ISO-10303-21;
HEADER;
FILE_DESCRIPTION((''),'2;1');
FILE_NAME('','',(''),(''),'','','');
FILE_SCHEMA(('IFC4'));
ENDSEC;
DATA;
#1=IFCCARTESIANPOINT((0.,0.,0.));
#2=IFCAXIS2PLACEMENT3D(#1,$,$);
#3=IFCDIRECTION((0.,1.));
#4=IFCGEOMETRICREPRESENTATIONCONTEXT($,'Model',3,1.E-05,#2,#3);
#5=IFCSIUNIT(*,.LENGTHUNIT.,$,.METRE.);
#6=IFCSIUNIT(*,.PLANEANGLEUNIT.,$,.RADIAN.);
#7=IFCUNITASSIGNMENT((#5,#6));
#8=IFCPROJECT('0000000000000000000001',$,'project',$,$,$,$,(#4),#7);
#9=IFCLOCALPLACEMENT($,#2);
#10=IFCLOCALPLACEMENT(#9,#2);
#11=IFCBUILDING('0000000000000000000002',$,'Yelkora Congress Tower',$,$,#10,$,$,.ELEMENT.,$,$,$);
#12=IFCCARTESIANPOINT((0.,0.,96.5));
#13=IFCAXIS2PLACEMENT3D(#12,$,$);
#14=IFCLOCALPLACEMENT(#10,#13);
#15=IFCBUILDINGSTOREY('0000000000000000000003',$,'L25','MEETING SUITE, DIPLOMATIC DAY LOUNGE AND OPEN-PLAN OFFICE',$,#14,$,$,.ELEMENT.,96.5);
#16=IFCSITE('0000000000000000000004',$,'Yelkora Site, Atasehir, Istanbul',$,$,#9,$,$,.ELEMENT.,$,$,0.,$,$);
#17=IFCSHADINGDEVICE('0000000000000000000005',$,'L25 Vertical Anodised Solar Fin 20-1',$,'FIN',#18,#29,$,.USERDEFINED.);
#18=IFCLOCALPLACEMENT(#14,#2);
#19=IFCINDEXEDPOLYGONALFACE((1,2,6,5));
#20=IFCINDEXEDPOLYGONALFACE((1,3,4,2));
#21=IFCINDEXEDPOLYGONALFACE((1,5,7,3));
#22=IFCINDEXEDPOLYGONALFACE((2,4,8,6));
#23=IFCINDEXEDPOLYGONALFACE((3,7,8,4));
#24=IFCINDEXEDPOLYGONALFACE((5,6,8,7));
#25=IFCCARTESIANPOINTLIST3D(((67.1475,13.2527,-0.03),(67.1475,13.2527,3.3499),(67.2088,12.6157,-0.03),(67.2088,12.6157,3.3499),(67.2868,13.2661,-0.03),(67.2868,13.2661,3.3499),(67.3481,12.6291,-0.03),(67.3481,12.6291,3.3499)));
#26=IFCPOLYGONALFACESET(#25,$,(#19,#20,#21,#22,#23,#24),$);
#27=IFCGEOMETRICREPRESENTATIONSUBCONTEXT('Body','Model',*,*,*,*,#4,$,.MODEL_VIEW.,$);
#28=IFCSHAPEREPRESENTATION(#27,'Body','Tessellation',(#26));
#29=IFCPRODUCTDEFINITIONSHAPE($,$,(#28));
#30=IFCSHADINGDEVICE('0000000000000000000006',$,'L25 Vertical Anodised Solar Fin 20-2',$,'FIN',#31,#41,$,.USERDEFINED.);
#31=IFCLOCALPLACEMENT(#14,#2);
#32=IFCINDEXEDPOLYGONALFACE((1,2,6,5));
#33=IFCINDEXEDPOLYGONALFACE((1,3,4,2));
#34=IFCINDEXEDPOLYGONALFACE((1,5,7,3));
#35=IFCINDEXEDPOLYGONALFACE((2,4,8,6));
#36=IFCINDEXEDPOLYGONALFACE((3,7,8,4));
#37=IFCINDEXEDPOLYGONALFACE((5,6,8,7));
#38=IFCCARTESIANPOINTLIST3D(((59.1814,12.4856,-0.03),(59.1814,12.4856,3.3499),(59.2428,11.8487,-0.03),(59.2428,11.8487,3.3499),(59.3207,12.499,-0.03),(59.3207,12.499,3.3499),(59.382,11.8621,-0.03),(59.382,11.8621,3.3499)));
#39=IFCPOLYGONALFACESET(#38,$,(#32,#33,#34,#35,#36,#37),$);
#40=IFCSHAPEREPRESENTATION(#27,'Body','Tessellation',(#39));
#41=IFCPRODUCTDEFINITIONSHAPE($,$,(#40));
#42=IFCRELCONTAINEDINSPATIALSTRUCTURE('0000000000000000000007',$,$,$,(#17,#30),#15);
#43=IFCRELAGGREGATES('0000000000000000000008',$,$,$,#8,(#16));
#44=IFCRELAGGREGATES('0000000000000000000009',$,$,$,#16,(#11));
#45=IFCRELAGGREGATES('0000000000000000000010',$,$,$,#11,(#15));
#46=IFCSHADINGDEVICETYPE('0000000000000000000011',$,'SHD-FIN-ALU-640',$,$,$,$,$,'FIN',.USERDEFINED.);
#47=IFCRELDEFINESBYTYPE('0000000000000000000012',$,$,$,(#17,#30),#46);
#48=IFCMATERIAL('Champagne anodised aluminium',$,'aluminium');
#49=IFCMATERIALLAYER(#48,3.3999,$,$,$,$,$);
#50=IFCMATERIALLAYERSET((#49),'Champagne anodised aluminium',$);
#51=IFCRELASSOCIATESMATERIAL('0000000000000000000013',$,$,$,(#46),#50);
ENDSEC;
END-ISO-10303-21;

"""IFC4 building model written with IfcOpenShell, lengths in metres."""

from ifc_helpers import new_model, si_unit, direction, frame, origin, origin_2d, place, context, subcontext, project, spatial, rectangle, extrude, material, layer, layer_set, type_object, element, save


model = new_model("IFC4")

# Units and contexts
model_context = context("Model", 3, precision=1e-05, world=origin(), true_north=direction((0.0, 1.0)))
body_context = subcontext(model_context, "Body", "Model", "MODEL_VIEW")
ifc_project = project(units=[si_unit("LENGTHUNIT", "METRE"), si_unit("PLANEANGLEUNIT", "RADIAN")], contexts=[model_context])

# Site, building, storey
site_placement = place(None, origin())
site = spatial("IfcSite", under=ifc_project, at=site_placement, Name="Yelkora Site, Atasehir, Istanbul", CompositionType="ELEMENT", RefElevation=0.0)
building_placement = place(site_placement, origin())
building = spatial("IfcBuilding", under=site, at=building_placement, Name="Yelkora Congress Tower", CompositionType="ELEMENT")
storey_placement = place(building_placement, frame((0.0, 0.0, 96.5)))
storey = spatial("IfcBuildingStorey", under=building, at=storey_placement, Name="L25", Description="MEETING SUITE, DIPLOMATIC DAY LOUNGE AND OPEN-PLAN OFFICE", CompositionType="ELEMENT", Elevation=96.5)

# Shading devices
ifc_material_1 = material(Name="Champagne anodised aluminium", Category="aluminium")
ifc_layer_1 = layer(ifc_material_1, 3.3999)
ifc_layer_set_1 = layer_set([ifc_layer_1], Name="Champagne anodised aluminium")
shading_device_type = type_object("IfcShadingDeviceType", Name="SHD-FIN-ALU-640", ElementType="FIN", PredefinedType="USERDEFINED", material=ifc_layer_set_1)
for number, where, z_axis, x_axis, name in (
    (1, (67.2478, 12.9409, -0.03), (0.0, 0.0, 1.0), (-0.995396, -0.095846, 0.0), "L25 Vertical Anodised Solar Fin 20-1"),
    (2, (59.2817, 12.1738, -0.03), (0.0, 0.0, 1.0), (-0.995396, -0.095846, 0.0), "L25 Vertical Anodised Solar Fin 20-2"),
):
    element("IfcShadingDevice", number, at=place(storey_placement, frame(where, z_axis=z_axis, x_axis=x_axis)), inside=storey, type_object=shading_device_type, Name=name, ObjectType="FIN", PredefinedType="USERDEFINED", context=body_context, shape_type="SweptSolid", body=[
        extrude(rectangle(XDim=0.1399, YDim=0.6399, at=origin_2d()), origin(), (0.0, 0.0, 1.0), 3.3799),
    ])

save(model, "model.ifc")
